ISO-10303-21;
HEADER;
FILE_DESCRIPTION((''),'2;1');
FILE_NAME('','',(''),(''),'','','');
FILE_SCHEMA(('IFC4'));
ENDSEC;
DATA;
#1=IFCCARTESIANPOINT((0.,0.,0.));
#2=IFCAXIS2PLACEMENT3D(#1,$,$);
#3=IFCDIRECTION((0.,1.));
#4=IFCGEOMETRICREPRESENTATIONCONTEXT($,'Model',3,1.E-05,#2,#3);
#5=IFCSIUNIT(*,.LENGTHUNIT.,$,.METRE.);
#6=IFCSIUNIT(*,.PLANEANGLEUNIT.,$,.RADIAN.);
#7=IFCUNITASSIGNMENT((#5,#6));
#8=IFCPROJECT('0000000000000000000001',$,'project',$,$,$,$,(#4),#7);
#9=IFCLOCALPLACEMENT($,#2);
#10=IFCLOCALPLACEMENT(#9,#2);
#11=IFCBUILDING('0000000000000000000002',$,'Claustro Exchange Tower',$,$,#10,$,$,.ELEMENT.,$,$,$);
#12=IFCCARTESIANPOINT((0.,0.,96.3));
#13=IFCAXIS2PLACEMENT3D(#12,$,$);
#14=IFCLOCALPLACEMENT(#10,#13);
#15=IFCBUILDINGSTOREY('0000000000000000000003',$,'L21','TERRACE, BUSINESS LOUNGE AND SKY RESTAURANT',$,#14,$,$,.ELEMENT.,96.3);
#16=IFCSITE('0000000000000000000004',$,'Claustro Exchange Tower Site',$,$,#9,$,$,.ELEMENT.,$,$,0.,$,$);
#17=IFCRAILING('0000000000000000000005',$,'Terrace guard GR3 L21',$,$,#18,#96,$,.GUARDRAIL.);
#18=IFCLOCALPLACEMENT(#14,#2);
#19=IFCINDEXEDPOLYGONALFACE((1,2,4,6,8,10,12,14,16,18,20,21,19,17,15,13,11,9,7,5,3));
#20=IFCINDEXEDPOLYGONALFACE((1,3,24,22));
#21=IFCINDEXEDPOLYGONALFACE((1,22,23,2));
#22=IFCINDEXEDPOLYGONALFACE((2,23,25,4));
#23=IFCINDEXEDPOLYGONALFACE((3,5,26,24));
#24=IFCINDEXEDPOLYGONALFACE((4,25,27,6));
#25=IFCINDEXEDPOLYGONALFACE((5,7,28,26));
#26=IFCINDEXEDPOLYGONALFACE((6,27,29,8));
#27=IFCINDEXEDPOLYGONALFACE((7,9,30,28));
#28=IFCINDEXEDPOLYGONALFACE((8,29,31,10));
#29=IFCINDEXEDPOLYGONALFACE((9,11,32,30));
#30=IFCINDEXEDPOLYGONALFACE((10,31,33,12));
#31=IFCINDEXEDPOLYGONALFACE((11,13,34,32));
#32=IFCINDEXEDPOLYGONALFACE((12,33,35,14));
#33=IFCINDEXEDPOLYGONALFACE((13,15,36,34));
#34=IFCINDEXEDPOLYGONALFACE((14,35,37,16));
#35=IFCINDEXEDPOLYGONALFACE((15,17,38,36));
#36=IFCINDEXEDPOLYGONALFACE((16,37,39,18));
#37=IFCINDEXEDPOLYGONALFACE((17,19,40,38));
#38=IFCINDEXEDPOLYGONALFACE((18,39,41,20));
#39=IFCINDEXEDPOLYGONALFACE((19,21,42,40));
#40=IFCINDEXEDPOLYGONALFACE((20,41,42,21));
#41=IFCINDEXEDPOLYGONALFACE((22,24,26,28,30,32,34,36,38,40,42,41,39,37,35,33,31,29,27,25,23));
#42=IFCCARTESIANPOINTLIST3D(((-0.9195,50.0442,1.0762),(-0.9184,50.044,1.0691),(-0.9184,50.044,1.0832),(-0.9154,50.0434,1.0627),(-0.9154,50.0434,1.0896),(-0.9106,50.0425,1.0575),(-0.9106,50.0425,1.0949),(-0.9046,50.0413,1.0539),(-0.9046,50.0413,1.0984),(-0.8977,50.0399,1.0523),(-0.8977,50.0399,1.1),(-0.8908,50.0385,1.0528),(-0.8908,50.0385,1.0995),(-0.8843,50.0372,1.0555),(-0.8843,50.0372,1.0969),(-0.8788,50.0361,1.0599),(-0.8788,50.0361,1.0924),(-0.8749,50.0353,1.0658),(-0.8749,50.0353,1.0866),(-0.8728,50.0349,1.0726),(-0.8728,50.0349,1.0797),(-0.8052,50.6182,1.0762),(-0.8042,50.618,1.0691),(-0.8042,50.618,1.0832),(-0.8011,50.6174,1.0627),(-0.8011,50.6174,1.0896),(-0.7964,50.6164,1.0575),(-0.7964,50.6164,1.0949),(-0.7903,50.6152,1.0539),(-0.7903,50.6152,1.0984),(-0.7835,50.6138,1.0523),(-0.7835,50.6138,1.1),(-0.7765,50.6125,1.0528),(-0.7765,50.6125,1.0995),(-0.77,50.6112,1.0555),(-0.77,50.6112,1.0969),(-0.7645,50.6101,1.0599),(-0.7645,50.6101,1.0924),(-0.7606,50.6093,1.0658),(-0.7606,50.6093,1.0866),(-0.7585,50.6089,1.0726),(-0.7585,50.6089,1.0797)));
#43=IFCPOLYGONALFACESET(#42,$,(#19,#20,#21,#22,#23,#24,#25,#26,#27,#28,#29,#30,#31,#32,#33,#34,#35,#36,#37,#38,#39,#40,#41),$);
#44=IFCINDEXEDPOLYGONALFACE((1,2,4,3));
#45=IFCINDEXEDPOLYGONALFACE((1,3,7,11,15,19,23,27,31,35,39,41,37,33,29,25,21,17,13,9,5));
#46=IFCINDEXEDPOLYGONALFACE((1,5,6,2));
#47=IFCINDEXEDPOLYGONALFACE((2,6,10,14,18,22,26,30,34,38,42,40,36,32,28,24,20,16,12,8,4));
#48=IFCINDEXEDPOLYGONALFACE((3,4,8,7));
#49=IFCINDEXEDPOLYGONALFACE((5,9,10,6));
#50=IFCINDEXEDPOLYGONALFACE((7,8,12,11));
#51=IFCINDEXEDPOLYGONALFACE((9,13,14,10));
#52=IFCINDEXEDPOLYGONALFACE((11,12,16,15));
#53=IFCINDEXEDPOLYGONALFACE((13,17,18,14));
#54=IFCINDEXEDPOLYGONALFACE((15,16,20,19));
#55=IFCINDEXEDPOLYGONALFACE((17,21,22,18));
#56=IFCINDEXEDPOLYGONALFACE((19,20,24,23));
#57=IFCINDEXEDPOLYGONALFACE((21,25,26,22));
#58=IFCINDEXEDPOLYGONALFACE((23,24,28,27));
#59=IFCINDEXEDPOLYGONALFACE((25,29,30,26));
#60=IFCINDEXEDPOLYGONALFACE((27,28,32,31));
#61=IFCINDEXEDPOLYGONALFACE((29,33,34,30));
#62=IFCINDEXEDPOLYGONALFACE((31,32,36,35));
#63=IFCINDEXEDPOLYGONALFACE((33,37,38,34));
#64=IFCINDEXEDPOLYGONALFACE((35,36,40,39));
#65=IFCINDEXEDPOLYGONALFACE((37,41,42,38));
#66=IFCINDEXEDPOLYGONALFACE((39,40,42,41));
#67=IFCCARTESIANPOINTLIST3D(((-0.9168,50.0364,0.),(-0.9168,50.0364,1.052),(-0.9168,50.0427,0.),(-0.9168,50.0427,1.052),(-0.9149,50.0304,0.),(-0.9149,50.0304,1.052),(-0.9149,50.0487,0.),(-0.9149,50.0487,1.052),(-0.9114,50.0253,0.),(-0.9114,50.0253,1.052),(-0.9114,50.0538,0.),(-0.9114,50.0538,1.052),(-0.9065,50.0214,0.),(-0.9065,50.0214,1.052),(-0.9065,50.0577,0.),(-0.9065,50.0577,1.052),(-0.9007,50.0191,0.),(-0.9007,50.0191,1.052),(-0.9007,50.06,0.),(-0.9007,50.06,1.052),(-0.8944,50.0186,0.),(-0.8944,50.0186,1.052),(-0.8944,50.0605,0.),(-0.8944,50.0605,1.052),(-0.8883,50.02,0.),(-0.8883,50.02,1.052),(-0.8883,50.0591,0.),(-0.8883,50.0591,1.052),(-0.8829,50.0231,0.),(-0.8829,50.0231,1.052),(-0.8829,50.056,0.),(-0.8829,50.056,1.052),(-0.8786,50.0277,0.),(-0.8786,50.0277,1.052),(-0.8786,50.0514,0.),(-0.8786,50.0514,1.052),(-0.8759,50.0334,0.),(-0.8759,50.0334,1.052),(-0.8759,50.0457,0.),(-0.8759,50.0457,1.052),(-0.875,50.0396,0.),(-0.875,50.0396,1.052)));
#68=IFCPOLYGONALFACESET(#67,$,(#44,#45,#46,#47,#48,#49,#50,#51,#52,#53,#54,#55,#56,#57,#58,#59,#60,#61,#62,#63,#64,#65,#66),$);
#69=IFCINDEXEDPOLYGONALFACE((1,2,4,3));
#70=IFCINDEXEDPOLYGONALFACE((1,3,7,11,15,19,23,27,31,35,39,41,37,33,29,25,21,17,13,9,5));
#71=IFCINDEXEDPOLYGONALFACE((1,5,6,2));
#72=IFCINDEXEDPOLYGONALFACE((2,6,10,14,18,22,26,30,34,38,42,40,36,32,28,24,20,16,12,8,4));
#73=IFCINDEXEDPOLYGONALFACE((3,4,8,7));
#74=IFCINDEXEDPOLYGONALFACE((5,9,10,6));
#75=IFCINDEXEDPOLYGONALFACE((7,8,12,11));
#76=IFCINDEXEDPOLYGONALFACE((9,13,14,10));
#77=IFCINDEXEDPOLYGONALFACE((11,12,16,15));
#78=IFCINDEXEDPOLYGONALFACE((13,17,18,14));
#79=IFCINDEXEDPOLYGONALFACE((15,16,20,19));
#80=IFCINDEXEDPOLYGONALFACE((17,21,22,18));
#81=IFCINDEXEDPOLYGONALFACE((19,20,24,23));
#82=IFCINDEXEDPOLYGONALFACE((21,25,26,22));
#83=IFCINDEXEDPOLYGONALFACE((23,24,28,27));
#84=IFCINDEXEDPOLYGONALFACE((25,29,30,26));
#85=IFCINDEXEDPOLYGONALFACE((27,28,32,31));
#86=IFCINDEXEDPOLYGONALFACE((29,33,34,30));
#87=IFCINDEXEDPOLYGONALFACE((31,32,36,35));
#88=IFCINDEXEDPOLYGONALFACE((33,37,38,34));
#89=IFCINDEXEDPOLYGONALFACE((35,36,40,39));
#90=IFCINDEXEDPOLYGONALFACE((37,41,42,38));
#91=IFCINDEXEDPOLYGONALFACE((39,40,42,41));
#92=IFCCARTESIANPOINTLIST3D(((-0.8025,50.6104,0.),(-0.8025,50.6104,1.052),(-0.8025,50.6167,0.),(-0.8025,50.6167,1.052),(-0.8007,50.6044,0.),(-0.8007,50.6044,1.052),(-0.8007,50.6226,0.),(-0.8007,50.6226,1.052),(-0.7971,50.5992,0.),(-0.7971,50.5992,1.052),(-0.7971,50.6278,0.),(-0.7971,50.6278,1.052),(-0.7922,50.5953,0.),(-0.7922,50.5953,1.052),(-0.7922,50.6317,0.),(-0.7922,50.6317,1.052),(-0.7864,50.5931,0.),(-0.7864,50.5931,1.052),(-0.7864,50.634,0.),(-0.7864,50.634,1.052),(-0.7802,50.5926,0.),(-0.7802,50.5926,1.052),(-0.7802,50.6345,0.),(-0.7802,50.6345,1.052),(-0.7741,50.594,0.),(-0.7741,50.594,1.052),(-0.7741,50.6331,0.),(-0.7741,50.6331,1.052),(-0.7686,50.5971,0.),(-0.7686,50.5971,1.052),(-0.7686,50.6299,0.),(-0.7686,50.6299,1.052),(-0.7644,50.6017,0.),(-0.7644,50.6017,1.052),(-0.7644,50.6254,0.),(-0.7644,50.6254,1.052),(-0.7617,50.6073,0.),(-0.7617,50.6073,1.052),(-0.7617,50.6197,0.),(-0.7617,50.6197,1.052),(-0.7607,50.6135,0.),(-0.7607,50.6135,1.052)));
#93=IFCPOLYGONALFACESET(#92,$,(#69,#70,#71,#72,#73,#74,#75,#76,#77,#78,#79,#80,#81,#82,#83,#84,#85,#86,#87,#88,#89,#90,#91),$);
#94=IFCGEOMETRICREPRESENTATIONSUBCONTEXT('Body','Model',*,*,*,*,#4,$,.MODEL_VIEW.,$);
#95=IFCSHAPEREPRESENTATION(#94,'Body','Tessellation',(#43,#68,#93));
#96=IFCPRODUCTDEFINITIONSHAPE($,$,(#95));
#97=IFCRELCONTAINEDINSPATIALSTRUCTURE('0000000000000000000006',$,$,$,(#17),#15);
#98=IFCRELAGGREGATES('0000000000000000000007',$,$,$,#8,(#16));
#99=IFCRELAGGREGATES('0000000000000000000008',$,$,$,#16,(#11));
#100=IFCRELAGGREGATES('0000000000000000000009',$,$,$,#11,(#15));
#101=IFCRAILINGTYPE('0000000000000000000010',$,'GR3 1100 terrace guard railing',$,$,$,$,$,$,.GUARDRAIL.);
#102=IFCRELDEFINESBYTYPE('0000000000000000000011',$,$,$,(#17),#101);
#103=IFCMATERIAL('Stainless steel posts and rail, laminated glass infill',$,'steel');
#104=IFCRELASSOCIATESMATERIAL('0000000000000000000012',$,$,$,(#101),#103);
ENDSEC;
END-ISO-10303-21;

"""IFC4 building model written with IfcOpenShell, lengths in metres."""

from ifc_helpers import new_model, si_unit, direction, frame, origin, origin_2d, place, context, subcontext, project, spatial, circle, extrude, material, type_object, element, save


model = new_model("IFC4")

# Units and contexts
model_context = context("Model", 3, precision=1e-05, world=origin(), true_north=direction((0.0, 1.0)))
body_context = subcontext(model_context, "Body", "Model", "MODEL_VIEW")
ifc_project = project(units=[si_unit("LENGTHUNIT", "METRE"), si_unit("PLANEANGLEUNIT", "RADIAN")], contexts=[model_context])

# Site, building, storey
site_placement = place(None, origin())
site = spatial("IfcSite", under=ifc_project, at=site_placement, Name="Claustro Exchange Tower Site", CompositionType="ELEMENT", RefElevation=0.0)
building_placement = place(site_placement, origin())
building = spatial("IfcBuilding", under=site, at=building_placement, Name="Claustro Exchange Tower", CompositionType="ELEMENT")
storey_placement = place(building_placement, frame((0.0, 0.0, 96.3)))
storey = spatial("IfcBuildingStorey", under=building, at=storey_placement, Name="L21", Description="TERRACE, BUSINESS LOUNGE AND SKY RESTAURANT", CompositionType="ELEMENT", Elevation=96.3)

# Railing
ifc_material_1 = material(Name="Stainless steel posts and rail, laminated glass infill", Category="steel")
railing_type = type_object("IfcRailingType", Name="GR3 1100 terrace guard railing", PredefinedType="GUARDRAIL", material=ifc_material_1)
railing_1_placement = place(storey_placement, frame((-0.896, 50.0396, 0.0)))
element("IfcRailing", 1, at=railing_1_placement, inside=storey, type_object=railing_type, Name="Terrace guard GR3 L21", PredefinedType="GUARDRAIL", context=body_context, shape_type="SweptSolid", body=[
    extrude(circle(Radius=0.0239, at=origin_2d()), frame((0.0, 0.0, 1.0762), z_axis=(0.195234, 0.980757, 0.0), x_axis=(-0.980757, 0.195234, 0.0)), (0.0, 0.0, 1.0), 0.5852),
    extrude(circle(Radius=0.021, at=origin_2d()), origin(), (0.0, 0.0, 1.0), 1.052),
    extrude(circle(Radius=0.021, at=origin_2d()), frame((0.1143, 0.574, 0.0)), (0.0, 0.0, 1.0), 1.052),
])

save(model, "model.ifc")
